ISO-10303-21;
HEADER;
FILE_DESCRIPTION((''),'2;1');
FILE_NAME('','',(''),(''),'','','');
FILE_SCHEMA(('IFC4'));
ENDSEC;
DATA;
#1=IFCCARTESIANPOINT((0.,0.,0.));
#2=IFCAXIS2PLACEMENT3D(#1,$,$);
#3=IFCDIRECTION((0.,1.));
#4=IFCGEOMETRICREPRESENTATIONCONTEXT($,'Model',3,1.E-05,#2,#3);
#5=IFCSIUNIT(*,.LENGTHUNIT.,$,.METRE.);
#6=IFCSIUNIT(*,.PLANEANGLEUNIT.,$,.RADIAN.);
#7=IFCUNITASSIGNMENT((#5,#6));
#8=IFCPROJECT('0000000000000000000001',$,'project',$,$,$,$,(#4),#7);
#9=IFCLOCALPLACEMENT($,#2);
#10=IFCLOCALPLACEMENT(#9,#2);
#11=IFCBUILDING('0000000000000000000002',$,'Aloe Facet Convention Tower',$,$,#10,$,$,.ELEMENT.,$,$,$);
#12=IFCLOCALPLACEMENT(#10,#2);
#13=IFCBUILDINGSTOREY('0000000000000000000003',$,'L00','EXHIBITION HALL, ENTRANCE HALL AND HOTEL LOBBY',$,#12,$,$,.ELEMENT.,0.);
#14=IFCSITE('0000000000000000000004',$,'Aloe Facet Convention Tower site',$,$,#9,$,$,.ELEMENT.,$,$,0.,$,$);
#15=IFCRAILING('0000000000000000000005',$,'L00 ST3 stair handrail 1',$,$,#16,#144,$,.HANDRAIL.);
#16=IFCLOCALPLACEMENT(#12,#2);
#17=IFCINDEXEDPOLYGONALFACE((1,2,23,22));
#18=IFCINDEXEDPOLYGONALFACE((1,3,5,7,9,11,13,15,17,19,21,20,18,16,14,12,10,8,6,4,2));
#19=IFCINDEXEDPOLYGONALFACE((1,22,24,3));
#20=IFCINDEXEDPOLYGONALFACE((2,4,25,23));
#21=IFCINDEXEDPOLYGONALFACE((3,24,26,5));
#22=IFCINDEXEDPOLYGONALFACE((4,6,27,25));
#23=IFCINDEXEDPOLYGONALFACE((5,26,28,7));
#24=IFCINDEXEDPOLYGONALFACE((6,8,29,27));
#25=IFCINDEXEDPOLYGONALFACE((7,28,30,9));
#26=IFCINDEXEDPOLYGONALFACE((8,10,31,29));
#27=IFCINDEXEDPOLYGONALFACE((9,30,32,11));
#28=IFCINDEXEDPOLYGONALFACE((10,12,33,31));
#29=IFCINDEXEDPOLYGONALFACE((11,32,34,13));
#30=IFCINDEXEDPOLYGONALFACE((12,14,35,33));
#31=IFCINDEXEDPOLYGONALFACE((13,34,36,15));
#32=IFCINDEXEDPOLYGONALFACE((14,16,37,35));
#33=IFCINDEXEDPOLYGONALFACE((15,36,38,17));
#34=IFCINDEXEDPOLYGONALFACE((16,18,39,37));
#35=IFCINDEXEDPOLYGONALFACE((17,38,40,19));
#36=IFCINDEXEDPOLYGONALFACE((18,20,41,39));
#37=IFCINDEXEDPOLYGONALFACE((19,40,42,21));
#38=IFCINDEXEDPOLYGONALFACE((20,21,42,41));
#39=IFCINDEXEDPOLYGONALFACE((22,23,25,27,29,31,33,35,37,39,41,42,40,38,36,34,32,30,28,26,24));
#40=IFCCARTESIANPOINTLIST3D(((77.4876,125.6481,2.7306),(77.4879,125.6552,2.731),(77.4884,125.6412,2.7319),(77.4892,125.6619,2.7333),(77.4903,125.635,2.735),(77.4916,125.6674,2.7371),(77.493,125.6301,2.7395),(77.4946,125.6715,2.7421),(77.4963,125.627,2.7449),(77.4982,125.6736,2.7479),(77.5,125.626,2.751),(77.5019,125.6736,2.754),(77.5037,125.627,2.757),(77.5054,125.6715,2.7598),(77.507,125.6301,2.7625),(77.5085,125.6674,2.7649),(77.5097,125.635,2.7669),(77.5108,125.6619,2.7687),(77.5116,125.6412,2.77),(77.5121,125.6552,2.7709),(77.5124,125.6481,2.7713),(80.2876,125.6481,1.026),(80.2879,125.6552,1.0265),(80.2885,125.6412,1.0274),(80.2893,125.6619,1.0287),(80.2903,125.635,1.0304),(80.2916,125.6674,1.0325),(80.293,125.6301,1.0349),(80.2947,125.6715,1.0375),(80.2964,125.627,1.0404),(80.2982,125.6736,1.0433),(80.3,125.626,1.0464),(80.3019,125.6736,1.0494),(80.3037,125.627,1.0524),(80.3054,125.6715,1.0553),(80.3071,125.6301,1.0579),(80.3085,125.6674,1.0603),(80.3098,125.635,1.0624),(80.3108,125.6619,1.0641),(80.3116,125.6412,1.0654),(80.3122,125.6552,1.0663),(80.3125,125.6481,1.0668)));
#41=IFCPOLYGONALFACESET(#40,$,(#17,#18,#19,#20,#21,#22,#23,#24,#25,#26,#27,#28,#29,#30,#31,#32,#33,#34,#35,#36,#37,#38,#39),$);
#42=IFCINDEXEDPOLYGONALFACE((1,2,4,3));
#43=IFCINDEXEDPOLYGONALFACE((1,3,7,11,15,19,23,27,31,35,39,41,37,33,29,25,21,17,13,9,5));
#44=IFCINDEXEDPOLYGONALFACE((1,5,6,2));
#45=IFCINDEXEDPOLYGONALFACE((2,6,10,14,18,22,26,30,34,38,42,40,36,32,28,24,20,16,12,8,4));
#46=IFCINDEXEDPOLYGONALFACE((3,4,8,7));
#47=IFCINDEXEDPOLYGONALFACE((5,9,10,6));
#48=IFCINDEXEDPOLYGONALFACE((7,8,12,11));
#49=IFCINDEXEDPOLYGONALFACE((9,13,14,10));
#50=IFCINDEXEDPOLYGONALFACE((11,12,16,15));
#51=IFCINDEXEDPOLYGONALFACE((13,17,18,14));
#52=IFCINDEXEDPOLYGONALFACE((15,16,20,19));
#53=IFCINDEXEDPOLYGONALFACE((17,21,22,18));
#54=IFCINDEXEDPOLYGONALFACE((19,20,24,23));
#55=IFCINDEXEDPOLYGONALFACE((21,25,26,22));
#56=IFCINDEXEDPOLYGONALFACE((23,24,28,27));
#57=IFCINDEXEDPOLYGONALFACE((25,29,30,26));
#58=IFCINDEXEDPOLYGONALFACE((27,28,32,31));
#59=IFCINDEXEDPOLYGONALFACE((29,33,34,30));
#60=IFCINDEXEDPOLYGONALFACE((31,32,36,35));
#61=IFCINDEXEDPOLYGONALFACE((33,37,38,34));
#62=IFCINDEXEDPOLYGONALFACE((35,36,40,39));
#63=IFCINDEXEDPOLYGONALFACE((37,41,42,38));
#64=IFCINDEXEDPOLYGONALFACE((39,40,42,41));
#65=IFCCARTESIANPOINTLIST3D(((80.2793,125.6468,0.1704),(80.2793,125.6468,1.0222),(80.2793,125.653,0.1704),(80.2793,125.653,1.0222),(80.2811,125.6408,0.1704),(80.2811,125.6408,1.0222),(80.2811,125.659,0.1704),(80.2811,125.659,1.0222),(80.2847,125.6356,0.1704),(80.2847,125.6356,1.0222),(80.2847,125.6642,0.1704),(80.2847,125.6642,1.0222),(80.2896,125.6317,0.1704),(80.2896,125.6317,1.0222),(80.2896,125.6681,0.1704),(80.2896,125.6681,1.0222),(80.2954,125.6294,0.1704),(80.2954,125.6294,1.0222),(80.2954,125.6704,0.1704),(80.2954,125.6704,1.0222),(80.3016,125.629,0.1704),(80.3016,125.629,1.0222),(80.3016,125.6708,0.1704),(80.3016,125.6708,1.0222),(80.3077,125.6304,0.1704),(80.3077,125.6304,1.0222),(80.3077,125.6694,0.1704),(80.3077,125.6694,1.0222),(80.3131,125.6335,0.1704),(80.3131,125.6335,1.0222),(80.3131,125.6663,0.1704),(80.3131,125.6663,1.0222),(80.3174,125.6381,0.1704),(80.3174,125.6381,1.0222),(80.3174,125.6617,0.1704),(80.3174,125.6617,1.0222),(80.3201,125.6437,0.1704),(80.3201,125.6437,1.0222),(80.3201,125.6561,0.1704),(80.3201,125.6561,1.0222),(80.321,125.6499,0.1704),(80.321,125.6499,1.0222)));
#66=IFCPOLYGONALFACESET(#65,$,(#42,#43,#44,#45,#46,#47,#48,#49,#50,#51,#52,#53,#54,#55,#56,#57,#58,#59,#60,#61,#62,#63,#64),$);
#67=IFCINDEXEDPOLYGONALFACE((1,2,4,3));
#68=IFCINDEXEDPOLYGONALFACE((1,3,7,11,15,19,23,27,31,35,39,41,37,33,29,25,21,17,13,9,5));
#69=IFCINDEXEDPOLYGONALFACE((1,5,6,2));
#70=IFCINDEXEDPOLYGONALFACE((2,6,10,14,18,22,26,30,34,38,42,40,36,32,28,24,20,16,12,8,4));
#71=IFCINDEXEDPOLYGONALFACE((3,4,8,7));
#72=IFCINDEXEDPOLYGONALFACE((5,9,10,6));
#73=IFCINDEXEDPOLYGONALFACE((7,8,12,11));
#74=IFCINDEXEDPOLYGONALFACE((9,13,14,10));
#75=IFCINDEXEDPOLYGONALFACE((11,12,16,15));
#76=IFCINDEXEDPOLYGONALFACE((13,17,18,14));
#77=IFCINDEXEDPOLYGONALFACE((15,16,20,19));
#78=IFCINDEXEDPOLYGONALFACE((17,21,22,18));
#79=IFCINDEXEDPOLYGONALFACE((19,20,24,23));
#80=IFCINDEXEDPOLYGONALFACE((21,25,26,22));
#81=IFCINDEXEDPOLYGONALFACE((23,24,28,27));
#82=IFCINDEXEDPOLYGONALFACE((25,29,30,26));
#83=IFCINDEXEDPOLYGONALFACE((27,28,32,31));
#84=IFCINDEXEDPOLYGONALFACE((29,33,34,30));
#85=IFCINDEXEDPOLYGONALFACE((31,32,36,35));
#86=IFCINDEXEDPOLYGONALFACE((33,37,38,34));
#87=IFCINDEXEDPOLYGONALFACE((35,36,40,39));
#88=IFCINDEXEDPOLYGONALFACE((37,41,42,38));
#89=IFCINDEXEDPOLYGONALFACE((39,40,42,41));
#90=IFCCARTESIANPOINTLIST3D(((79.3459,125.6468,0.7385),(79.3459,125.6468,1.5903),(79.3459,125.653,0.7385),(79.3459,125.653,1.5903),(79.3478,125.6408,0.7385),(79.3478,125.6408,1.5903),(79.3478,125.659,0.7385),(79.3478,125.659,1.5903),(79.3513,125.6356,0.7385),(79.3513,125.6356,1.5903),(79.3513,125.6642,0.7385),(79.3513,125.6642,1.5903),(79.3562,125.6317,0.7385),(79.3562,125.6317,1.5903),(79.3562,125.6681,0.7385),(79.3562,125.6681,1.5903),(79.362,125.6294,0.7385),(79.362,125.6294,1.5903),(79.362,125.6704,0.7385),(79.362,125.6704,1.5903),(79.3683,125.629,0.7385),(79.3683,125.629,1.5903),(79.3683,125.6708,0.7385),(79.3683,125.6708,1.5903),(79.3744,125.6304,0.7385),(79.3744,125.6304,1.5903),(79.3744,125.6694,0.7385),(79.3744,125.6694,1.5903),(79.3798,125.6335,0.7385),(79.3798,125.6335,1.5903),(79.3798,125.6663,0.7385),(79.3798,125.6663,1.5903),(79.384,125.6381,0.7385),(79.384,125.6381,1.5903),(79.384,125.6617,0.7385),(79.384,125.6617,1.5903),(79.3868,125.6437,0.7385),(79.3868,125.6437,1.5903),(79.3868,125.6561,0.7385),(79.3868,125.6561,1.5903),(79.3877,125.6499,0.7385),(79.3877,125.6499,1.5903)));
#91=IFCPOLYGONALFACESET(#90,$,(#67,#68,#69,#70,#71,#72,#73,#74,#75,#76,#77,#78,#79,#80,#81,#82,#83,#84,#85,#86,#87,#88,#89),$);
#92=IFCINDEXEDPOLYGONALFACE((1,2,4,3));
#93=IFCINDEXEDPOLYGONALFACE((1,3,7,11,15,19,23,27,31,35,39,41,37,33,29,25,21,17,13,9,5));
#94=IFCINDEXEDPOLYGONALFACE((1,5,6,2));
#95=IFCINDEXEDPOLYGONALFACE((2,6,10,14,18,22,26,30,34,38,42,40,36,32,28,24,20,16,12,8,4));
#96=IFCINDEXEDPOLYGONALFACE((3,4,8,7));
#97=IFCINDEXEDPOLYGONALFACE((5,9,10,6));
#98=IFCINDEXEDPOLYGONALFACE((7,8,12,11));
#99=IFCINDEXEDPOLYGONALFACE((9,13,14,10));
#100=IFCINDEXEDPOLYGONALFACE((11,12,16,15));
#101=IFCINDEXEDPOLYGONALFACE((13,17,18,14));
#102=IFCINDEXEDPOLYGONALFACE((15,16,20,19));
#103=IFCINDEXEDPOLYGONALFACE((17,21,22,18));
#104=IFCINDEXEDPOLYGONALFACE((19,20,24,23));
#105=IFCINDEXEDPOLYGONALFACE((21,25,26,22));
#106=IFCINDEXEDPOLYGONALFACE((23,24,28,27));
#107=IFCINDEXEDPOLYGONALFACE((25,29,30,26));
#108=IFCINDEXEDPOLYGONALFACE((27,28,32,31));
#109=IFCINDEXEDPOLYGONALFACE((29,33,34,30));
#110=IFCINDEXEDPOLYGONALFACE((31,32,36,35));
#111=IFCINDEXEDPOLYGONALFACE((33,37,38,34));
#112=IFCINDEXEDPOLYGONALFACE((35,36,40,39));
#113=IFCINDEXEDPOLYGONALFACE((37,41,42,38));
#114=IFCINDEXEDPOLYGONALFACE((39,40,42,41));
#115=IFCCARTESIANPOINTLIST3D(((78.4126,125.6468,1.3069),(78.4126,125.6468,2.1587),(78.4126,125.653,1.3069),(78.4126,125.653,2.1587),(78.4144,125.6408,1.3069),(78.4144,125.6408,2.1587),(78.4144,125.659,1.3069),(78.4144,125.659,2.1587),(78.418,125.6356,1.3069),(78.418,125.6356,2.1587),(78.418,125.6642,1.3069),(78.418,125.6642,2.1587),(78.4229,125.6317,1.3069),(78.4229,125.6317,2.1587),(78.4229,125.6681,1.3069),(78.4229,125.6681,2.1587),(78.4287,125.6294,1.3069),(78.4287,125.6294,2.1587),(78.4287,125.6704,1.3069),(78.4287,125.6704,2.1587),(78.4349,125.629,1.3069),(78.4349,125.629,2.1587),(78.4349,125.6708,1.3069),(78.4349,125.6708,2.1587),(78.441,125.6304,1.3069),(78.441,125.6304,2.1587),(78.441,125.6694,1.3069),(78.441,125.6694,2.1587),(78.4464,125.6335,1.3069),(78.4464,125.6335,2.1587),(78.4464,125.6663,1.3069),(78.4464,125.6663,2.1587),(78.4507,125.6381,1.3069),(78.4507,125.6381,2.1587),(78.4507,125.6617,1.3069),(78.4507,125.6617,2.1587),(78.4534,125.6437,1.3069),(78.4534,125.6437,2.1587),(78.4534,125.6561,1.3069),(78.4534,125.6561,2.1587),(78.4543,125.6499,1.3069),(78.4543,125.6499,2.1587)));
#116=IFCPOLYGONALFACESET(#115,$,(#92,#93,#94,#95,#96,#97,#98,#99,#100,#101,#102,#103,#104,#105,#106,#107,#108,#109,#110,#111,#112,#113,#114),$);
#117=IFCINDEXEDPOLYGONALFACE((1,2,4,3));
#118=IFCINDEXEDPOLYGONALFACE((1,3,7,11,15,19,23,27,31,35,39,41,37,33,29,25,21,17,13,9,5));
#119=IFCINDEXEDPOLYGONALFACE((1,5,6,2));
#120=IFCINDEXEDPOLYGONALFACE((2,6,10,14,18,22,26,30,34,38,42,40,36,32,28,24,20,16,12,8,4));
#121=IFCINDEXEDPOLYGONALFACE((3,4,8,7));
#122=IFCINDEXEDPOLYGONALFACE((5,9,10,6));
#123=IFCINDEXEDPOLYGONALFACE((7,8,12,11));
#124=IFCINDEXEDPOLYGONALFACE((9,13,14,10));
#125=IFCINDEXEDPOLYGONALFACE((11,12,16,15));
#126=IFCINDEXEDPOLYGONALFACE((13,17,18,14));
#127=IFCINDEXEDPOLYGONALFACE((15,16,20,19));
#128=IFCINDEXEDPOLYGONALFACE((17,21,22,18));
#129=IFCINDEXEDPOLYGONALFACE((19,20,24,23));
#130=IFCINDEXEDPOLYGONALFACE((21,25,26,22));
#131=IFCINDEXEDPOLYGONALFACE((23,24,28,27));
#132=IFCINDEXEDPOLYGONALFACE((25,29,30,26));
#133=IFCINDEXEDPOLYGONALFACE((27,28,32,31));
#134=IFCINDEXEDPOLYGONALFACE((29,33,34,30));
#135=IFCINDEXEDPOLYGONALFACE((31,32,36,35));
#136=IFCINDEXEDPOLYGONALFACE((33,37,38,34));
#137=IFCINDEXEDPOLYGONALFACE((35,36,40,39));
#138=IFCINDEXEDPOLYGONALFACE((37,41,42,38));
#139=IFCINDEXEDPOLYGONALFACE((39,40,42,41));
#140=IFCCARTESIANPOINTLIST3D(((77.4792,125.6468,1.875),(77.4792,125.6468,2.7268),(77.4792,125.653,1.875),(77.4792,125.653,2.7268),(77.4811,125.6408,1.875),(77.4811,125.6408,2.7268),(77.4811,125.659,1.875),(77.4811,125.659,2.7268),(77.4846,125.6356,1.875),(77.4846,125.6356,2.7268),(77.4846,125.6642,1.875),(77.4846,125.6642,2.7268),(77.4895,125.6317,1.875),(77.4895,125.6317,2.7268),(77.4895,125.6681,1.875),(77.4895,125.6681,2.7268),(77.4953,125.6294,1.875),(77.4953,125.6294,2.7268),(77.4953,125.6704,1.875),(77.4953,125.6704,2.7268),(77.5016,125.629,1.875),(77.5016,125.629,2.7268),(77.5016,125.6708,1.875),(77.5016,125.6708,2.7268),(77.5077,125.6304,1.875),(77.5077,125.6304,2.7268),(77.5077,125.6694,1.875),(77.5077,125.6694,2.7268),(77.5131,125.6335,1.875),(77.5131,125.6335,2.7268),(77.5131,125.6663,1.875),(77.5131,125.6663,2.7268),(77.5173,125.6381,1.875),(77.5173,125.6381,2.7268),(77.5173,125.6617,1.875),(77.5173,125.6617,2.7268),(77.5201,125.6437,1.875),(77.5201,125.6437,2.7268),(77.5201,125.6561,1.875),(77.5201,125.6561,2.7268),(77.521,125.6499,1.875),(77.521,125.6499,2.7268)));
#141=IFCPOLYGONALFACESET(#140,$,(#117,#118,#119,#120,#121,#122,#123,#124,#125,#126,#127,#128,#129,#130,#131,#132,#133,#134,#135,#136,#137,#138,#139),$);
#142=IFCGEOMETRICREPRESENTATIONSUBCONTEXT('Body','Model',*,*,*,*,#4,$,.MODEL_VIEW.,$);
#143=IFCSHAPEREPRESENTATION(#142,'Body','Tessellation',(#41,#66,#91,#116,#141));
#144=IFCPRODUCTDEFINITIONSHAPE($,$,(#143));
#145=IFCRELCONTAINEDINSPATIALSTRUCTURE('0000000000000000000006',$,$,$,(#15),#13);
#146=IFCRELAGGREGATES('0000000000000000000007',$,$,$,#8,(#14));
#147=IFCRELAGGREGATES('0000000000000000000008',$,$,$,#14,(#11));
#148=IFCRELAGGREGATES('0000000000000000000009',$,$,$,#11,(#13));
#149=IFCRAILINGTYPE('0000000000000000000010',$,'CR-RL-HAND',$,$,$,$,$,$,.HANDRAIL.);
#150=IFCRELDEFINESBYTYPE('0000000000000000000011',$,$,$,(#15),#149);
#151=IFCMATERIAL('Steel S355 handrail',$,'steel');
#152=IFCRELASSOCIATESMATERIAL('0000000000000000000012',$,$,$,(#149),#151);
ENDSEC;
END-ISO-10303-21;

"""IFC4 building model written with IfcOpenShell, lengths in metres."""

from ifc_helpers import new_model, si_unit, direction, frame, origin, origin_2d, place, context, subcontext, project, spatial, circle, extrude, material, type_object, element, save


model = new_model("IFC4")

# Units and contexts
model_context = context("Model", 3, precision=1e-05, world=origin(), true_north=direction((0.0, 1.0)))
body_context = subcontext(model_context, "Body", "Model", "MODEL_VIEW")
ifc_project = project(units=[si_unit("LENGTHUNIT", "METRE"), si_unit("PLANEANGLEUNIT", "RADIAN")], contexts=[model_context])

# Site, building, storey
site_placement = place(None, origin())
site = spatial("IfcSite", under=ifc_project, at=site_placement, Name="Aloe Facet Convention Tower site", CompositionType="ELEMENT", RefElevation=0.0)
building_placement = place(site_placement, origin())
building = spatial("IfcBuilding", under=site, at=building_placement, Name="Aloe Facet Convention Tower", CompositionType="ELEMENT")
storey_placement = place(building_placement, origin())
storey = spatial("IfcBuildingStorey", under=building, at=storey_placement, Name="L00", Description="EXHIBITION HALL, ENTRANCE HALL AND HOTEL LOBBY", CompositionType="ELEMENT", Elevation=0.0)

# Railing
ifc_material_1 = material(Name="Steel S355 handrail", Category="steel")
railing_type_1 = type_object("IfcRailingType", Name="CR-RL-HAND", PredefinedType="HANDRAIL", material=ifc_material_1)
for number, where, name in (
    (1, (80.3, 125.6499, 0.1704), "L00 ST3 stair handrail 1"),
):
    element("IfcRailing", number, at=place(storey_placement, frame(where)), inside=storey, type_object=railing_type_1, Name=name, PredefinedType="HANDRAIL", context=body_context, shape_type="SweptSolid", body=[
        extrude(circle(Radius=0.0239, at=origin_2d()), frame((0.0, 0.0, 0.876), z_axis=(-0.85417, 0.0, 0.519994), x_axis=(0.0, -1.0, 0.0)), (0.0, 0.0, 1.0), 3.2781),
        extrude(circle(Radius=0.021, at=origin_2d()), origin(), (0.0, 0.0, 1.0), 0.8518),
        extrude(circle(Radius=0.021, at=origin_2d()), frame((-0.9333, 0.0, 0.5681)), (0.0, 0.0, 1.0), 0.8518),
        extrude(circle(Radius=0.021, at=origin_2d()), frame((-1.8667, 0.0, 1.1365)), (0.0, 0.0, 1.0), 0.8518),
        extrude(circle(Radius=0.021, at=origin_2d()), frame((-2.8, 0.0, 1.7046)), (0.0, 0.0, 1.0), 0.8518),
    ])

save(model, "model.ifc")
